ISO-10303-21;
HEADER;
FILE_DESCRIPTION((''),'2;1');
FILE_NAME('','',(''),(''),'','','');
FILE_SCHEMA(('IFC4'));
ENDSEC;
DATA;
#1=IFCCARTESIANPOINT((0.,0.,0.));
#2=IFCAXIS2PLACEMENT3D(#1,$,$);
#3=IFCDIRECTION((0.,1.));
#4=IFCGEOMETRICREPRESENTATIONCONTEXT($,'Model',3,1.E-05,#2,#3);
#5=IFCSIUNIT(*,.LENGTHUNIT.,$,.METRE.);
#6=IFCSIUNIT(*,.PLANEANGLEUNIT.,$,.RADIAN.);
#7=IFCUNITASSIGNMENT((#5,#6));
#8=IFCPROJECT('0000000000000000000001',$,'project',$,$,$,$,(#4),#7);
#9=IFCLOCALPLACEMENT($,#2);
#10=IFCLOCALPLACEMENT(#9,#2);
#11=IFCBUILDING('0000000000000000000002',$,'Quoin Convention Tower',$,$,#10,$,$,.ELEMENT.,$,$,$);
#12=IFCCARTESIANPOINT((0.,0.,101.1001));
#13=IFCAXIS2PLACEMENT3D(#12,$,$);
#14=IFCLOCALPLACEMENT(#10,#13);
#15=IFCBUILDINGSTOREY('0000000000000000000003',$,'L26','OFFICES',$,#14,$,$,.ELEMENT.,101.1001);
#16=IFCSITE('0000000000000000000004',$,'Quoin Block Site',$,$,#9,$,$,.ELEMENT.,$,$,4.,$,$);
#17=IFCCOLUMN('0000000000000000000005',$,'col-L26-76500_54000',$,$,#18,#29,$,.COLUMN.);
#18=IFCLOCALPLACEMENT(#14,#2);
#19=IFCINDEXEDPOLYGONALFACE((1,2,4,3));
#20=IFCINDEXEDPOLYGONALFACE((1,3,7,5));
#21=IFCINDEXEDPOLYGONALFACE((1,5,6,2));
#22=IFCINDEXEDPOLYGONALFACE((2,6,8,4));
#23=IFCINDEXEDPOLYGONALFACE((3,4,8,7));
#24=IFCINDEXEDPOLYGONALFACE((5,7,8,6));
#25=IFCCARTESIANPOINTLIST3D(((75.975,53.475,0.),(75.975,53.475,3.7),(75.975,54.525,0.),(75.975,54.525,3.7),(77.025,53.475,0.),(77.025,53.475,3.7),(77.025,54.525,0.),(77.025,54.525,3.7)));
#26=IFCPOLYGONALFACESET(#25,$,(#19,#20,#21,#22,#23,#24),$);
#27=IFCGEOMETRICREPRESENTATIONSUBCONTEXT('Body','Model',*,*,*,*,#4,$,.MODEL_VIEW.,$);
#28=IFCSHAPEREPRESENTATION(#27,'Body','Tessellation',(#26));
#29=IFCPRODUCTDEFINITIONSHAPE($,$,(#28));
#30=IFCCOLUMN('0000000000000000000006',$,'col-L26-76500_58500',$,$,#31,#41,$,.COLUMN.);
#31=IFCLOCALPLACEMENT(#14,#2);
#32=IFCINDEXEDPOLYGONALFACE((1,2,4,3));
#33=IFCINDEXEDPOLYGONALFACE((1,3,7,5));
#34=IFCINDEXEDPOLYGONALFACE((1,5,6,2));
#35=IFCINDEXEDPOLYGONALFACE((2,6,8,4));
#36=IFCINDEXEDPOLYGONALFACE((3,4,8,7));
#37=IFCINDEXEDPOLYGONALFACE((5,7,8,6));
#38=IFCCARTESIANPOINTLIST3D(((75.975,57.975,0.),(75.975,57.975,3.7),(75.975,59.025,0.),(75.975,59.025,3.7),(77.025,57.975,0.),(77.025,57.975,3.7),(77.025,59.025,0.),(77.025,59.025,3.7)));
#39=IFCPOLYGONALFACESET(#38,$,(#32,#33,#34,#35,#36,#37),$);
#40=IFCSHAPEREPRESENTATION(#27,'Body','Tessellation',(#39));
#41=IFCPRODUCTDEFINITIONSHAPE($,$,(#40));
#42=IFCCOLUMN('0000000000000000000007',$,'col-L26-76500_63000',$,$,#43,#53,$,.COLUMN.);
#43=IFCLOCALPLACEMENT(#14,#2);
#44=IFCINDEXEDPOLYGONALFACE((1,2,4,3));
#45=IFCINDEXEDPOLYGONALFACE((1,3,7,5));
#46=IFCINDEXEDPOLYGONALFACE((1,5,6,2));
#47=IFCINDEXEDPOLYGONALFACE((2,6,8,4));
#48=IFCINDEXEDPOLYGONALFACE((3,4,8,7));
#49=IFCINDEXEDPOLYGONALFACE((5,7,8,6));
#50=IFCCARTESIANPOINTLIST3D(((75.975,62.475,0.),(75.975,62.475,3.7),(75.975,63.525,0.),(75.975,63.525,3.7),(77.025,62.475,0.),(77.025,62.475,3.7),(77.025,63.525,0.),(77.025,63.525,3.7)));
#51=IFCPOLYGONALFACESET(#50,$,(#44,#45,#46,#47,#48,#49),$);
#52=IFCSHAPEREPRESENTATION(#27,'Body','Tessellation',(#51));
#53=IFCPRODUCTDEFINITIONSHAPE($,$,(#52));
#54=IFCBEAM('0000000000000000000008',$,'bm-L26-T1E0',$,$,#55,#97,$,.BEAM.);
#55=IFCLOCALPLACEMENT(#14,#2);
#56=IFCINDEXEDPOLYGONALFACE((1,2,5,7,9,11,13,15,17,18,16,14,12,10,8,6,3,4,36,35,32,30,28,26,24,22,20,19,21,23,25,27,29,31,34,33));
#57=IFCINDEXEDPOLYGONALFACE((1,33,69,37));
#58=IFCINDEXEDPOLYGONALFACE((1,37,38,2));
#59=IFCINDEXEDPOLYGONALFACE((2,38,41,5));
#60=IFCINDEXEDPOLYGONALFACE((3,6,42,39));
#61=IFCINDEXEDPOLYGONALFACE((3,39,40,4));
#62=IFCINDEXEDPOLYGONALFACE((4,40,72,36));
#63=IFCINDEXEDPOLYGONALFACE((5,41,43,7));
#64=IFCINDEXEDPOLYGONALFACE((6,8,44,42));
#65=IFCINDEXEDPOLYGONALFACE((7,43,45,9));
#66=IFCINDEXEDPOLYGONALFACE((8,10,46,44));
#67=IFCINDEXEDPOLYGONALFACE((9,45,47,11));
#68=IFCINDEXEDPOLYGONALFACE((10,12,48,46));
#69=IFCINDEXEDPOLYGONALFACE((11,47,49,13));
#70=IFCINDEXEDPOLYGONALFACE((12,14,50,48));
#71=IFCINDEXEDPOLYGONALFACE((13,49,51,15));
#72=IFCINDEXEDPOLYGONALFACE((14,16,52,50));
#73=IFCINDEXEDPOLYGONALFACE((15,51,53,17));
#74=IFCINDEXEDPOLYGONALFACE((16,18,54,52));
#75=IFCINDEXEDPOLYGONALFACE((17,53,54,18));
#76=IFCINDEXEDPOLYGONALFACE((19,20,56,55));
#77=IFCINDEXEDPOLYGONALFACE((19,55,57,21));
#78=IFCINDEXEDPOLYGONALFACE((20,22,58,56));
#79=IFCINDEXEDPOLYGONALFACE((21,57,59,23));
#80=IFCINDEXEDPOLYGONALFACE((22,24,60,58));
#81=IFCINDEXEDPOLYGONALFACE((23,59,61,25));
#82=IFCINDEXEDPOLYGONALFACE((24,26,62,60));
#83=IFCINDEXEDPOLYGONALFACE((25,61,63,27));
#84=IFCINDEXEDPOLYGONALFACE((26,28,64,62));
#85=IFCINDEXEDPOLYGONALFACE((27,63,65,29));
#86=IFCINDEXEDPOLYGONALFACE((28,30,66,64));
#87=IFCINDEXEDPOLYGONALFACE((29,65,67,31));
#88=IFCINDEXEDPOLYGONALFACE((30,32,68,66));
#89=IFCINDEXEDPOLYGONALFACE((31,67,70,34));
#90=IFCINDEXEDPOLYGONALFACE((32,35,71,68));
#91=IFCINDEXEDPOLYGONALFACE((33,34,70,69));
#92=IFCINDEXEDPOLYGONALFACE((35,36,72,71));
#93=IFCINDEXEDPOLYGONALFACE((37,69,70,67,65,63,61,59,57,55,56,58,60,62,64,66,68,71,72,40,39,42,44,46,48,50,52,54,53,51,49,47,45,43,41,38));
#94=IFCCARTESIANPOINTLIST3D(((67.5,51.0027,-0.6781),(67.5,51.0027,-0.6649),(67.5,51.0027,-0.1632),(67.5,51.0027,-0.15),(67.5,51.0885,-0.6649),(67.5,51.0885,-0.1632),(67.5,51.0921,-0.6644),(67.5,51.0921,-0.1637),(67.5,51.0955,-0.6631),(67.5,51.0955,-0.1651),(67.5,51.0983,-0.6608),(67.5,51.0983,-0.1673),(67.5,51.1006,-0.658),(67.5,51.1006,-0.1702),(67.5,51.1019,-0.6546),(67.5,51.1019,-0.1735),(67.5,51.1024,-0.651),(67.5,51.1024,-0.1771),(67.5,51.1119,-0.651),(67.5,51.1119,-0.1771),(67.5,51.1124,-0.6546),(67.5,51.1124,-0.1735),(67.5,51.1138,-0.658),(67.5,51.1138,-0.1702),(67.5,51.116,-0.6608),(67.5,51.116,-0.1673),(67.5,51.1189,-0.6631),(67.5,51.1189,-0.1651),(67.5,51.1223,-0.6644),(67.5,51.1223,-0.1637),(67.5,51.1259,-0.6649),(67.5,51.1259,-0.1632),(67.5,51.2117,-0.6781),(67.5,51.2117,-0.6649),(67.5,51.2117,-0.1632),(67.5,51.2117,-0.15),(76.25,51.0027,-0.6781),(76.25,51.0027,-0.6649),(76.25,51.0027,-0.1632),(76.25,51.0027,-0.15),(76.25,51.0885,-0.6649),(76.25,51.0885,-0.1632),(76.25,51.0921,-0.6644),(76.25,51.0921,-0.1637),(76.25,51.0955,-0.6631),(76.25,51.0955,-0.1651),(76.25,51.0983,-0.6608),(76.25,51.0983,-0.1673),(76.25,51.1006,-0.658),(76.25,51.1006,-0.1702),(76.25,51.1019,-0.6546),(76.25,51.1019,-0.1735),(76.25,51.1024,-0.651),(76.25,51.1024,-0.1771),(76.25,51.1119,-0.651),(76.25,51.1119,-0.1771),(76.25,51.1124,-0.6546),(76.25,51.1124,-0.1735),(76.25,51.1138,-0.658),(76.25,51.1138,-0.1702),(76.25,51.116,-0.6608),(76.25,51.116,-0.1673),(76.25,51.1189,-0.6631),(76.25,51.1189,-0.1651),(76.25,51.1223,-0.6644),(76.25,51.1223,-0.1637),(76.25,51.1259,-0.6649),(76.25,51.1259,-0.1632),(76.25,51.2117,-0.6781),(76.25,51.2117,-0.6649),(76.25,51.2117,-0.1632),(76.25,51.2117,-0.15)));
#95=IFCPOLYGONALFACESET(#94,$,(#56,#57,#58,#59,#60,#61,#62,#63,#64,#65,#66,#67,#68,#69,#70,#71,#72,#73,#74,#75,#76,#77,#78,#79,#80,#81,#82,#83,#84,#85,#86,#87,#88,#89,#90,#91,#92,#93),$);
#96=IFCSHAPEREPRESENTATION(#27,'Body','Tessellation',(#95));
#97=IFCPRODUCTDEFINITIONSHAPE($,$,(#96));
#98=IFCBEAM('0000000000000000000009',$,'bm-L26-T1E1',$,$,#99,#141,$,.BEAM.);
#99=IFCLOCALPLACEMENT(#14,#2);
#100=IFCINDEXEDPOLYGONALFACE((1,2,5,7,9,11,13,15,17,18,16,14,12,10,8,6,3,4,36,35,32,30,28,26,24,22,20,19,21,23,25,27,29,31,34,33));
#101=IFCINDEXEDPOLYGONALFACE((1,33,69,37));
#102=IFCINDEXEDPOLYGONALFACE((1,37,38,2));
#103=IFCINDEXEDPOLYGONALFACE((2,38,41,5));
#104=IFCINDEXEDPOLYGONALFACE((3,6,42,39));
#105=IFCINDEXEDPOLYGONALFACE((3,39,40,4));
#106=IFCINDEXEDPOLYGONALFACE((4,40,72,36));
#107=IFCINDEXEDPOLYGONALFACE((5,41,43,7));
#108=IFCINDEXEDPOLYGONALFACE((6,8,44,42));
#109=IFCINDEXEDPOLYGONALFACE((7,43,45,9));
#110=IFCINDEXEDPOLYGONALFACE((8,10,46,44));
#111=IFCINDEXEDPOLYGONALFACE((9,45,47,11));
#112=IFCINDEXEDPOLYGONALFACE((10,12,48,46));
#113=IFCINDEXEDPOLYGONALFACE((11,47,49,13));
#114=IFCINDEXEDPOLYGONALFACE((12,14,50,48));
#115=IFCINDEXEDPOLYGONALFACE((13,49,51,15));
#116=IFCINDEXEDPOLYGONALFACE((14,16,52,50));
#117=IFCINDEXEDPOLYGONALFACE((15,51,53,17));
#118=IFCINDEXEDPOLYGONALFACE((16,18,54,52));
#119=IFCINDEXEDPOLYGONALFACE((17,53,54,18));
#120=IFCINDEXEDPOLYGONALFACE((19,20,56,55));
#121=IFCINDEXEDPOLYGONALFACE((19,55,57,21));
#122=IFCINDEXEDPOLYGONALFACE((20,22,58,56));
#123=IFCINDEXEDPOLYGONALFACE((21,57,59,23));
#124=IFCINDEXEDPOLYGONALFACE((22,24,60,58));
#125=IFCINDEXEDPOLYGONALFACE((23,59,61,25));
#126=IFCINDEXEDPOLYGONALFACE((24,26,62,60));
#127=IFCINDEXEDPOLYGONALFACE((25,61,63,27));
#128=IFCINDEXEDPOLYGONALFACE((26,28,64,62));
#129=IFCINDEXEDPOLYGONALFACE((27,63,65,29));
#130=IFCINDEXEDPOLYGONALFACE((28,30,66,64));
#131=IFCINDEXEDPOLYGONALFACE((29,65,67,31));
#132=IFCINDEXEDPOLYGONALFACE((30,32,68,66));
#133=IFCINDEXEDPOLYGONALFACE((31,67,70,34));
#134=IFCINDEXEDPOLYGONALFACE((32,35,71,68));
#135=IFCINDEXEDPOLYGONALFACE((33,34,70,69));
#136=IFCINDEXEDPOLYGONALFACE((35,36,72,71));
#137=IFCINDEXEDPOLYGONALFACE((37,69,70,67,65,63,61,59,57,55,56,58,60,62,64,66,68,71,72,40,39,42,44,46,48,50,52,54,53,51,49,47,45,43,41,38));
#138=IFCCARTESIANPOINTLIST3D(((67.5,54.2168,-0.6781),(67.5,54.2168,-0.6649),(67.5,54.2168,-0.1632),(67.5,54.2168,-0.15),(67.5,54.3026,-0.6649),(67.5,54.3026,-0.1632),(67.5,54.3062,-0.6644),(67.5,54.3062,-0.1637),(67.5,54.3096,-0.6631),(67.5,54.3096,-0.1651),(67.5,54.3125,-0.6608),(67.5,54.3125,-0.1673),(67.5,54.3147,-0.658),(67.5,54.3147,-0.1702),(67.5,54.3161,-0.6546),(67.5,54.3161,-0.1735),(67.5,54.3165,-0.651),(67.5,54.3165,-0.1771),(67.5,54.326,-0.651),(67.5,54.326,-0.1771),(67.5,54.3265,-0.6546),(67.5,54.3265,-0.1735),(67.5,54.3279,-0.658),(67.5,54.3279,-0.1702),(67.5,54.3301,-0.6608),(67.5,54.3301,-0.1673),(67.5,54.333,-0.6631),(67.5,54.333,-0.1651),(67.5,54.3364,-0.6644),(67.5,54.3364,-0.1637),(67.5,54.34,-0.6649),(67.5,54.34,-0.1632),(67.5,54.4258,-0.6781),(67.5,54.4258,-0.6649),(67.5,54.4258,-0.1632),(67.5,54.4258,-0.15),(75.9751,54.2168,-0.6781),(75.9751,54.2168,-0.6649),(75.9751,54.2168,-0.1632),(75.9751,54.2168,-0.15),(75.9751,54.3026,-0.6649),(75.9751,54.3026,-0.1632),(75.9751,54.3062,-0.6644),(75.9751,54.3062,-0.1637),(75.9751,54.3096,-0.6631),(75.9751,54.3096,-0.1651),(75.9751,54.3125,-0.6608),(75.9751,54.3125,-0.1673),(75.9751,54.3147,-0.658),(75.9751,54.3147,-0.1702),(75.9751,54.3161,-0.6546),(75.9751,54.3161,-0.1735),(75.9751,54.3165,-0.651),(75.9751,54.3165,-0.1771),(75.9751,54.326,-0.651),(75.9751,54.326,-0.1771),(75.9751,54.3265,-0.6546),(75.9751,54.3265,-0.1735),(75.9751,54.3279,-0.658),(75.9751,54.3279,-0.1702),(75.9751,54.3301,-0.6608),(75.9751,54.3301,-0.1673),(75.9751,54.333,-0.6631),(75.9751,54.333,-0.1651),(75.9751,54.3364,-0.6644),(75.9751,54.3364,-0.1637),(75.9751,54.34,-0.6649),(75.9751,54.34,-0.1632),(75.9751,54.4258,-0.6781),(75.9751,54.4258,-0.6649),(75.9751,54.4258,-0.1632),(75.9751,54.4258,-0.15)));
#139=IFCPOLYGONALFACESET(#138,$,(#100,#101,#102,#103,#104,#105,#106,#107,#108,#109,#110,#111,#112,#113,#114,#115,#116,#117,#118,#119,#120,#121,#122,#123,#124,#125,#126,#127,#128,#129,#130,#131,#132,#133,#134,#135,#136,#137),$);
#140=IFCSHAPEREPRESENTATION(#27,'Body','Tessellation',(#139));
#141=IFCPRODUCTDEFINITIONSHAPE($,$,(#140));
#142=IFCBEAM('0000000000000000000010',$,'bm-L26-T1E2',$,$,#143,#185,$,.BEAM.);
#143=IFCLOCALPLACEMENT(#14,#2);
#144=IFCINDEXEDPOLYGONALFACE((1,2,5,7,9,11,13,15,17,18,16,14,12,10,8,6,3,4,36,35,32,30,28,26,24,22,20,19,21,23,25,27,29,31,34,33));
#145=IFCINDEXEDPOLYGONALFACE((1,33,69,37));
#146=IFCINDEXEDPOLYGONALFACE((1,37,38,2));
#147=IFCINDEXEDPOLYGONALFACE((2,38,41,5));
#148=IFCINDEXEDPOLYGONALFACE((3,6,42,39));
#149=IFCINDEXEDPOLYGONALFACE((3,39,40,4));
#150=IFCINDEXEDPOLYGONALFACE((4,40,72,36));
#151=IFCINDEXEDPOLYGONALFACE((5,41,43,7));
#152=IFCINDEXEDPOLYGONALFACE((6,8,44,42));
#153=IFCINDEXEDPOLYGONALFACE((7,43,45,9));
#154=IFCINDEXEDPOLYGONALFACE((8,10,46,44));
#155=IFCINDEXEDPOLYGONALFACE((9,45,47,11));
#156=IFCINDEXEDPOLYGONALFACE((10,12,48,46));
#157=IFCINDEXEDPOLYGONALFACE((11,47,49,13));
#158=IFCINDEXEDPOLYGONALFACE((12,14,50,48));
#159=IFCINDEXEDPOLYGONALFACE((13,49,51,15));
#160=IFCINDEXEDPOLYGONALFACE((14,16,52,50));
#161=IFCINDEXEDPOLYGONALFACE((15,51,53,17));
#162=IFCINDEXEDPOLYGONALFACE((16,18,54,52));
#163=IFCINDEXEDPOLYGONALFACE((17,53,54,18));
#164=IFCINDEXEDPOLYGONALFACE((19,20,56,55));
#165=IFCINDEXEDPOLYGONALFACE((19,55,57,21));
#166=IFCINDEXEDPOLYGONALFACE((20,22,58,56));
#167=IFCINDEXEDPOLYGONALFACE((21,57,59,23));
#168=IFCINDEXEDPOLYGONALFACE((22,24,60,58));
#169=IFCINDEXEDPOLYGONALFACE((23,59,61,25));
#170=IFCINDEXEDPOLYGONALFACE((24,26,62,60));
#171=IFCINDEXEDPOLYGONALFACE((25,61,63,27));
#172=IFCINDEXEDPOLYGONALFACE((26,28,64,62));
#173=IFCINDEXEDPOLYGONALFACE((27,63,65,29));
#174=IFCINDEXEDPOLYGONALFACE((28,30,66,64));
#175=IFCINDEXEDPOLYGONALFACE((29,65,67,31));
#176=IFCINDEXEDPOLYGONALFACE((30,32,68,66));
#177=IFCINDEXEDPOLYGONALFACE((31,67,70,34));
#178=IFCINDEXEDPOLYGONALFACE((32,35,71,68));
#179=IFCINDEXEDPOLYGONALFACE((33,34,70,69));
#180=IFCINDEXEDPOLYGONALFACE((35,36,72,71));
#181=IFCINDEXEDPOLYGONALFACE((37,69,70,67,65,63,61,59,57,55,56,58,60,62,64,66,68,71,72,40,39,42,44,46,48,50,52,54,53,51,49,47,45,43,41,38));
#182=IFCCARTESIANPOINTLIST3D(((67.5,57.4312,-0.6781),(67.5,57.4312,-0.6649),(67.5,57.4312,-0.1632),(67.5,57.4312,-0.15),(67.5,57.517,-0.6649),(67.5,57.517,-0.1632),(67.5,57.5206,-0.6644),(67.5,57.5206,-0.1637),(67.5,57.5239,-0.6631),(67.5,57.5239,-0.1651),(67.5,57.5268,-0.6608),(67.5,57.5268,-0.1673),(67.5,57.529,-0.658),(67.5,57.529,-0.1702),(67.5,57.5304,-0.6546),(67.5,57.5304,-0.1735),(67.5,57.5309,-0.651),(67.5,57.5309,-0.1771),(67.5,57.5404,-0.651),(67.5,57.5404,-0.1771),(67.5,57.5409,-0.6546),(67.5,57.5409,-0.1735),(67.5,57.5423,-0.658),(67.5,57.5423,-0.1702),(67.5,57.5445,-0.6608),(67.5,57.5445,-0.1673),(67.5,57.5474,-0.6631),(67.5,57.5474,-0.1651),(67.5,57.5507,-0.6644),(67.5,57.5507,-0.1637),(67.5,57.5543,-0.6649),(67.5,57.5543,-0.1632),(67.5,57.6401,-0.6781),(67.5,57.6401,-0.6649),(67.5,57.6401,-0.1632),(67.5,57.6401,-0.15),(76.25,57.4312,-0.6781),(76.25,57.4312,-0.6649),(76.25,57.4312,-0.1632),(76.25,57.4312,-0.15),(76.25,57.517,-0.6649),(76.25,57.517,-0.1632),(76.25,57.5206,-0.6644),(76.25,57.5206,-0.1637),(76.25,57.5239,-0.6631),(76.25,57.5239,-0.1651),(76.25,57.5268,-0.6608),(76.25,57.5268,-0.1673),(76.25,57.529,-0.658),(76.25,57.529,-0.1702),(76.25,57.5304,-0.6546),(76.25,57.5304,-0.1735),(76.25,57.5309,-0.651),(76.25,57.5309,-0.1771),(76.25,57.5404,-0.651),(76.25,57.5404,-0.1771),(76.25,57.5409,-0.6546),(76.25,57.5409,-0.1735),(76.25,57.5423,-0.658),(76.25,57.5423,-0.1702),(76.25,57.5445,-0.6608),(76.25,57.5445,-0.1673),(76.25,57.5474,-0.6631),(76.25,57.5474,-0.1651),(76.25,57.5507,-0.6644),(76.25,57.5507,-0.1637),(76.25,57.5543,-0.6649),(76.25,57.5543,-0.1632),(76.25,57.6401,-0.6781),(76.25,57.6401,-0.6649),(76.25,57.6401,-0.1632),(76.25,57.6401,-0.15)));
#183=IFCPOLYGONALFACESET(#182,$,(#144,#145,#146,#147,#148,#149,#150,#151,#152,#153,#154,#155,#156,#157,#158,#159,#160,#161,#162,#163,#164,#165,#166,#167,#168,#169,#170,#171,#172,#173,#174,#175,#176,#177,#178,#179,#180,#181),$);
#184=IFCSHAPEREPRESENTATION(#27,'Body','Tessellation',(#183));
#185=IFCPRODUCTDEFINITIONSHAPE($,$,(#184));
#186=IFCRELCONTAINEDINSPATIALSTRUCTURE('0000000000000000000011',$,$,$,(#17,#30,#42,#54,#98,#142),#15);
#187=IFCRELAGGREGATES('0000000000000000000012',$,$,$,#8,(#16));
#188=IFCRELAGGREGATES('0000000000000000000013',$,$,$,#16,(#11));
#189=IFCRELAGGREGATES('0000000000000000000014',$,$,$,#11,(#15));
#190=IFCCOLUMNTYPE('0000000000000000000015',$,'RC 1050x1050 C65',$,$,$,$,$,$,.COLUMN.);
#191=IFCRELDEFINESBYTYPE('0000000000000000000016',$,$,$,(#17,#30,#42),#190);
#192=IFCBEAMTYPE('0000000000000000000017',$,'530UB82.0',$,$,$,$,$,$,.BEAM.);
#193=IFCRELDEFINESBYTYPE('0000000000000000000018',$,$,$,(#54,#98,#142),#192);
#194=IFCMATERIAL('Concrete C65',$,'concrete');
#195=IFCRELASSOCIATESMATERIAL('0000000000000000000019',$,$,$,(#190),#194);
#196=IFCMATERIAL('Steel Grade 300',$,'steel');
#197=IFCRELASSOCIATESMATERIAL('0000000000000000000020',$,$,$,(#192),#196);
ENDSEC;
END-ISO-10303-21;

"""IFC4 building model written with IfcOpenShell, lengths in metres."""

from ifc_helpers import new_model, si_unit, direction, frame, origin, origin_2d, place, context, subcontext, project, spatial, rectangle, i_section, extrude, material, material_profile, profile_set, type_object, element, save


model = new_model("IFC4")

# Units and contexts
model_context = context("Model", 3, precision=1e-05, world=origin(), true_north=direction((0.0, 1.0)))
body_context = subcontext(model_context, "Body", "Model", "MODEL_VIEW")
ifc_project = project(units=[si_unit("LENGTHUNIT", "METRE"), si_unit("PLANEANGLEUNIT", "RADIAN")], contexts=[model_context])

# Site, building, storey
site_placement = place(None, origin())
site = spatial("IfcSite", under=ifc_project, at=site_placement, Name="Quoin Block Site", CompositionType="ELEMENT", RefElevation=4.0)
building_placement = place(site_placement, origin())
building = spatial("IfcBuilding", under=site, at=building_placement, Name="Quoin Convention Tower", CompositionType="ELEMENT")
storey_placement = place(building_placement, frame((0.0, 0.0, 101.1001)))
storey = spatial("IfcBuildingStorey", under=building, at=storey_placement, Name="L26", Description="OFFICES", CompositionType="ELEMENT", Elevation=101.1001)

# Columns
ifc_material_1 = material(Name="Concrete C65", Category="concrete")
ifc_material_profile_1 = material_profile(ifc_material_1, rectangle(XDim=1.05, YDim=1.05, at=origin_2d()), Name="RC 1050x1050")
ifc_profile_set_1 = profile_set([ifc_material_profile_1], Name="Concrete C65")
column_type = type_object("IfcColumnType", Name="RC 1050x1050 C65", PredefinedType="COLUMN", material=ifc_profile_set_1)
for number, where, z_axis, x_axis, name in (
    (1, (76.5, 54.0, 0.0), (0.0, 0.0, 1.0), (1.0, 0.0, 0.0), "col-L26-76500_54000"),
    (2, (76.5, 58.5, 0.0), (0.0, 0.0, 1.0), (1.0, 0.0, 0.0), "col-L26-76500_58500"),
    (3, (76.5, 63.0, 0.0), (0.0, 0.0, 1.0), (1.0, 0.0, 0.0), "col-L26-76500_63000"),
):
    element("IfcColumn", number, at=place(storey_placement, frame(where, z_axis=z_axis, x_axis=x_axis)), inside=storey, type_object=column_type, Name=name, PredefinedType="COLUMN", context=body_context, shape_type="SweptSolid", body=[
        extrude(rectangle(XDim=1.05, YDim=1.05, at=origin_2d()), origin(), (0.0, 0.0, 1.0), 3.7),
    ])

# Beams
ifc_material_2 = material(Name="Steel Grade 300", Category="steel")
ifc_material_profile_2 = material_profile(ifc_material_2, i_section(OverallWidth=0.209, OverallDepth=0.5281, WebThickness=0.0095, FlangeThickness=0.0132, FilletRadius=0.0139, at=origin_2d()), Name="530UB82.0")
ifc_profile_set_2 = profile_set([ifc_material_profile_2], Name="Steel Grade 300")
beam_type_1 = type_object("IfcBeamType", Name="530UB82.0", PredefinedType="BEAM", material=ifc_profile_set_2)
beam_1_placement = place(storey_placement, frame((67.5, 51.1072, -0.4141), z_axis=(1.0, 0.0, 0.0), x_axis=(0.0, 1.0, 0.0)))
element("IfcBeam", 4, at=beam_1_placement, inside=storey, type_object=beam_type_1, Name="bm-L26-T1E0", PredefinedType="BEAM", context=body_context, shape_type="SweptSolid", body=[
    extrude(i_section(OverallWidth=0.209, OverallDepth=0.5281, WebThickness=0.0095, FlangeThickness=0.0132, FilletRadius=0.0139, at=origin_2d()), origin(), (0.0, 0.0, 1.0), 8.75),
])
beam_2_placement = place(storey_placement, frame((67.5, 54.3213, -0.4141), z_axis=(1.0, 0.0, 0.0), x_axis=(0.0, 1.0, 0.0)))
element("IfcBeam", 5, at=beam_2_placement, inside=storey, type_object=beam_type_1, Name="bm-L26-T1E1", PredefinedType="BEAM", context=body_context, shape_type="SweptSolid", body=[
    extrude(i_section(OverallWidth=0.209, OverallDepth=0.5281, WebThickness=0.0095, FlangeThickness=0.0132, FilletRadius=0.0139, at=origin_2d()), origin(), (0.0, 0.0, 1.0), 8.4751),
])
for number, where, z_axis, x_axis, name in (
    (6, (67.5, 57.5356, -0.4141), (1.0, 0.0, 0.0), (0.0, 1.0, 0.0), "bm-L26-T1E2"),
):
    element("IfcBeam", number, at=place(storey_placement, frame(where, z_axis=z_axis, x_axis=x_axis)), inside=storey, type_object=beam_type_1, Name=name, PredefinedType="BEAM", context=body_context, shape_type="SweptSolid", body=[
        extrude(i_section(OverallWidth=0.209, OverallDepth=0.5281, WebThickness=0.0095, FlangeThickness=0.0132, FilletRadius=0.0139, at=origin_2d()), origin(), (0.0, 0.0, 1.0), 8.75),
    ])

save(model, "model.ifc")
